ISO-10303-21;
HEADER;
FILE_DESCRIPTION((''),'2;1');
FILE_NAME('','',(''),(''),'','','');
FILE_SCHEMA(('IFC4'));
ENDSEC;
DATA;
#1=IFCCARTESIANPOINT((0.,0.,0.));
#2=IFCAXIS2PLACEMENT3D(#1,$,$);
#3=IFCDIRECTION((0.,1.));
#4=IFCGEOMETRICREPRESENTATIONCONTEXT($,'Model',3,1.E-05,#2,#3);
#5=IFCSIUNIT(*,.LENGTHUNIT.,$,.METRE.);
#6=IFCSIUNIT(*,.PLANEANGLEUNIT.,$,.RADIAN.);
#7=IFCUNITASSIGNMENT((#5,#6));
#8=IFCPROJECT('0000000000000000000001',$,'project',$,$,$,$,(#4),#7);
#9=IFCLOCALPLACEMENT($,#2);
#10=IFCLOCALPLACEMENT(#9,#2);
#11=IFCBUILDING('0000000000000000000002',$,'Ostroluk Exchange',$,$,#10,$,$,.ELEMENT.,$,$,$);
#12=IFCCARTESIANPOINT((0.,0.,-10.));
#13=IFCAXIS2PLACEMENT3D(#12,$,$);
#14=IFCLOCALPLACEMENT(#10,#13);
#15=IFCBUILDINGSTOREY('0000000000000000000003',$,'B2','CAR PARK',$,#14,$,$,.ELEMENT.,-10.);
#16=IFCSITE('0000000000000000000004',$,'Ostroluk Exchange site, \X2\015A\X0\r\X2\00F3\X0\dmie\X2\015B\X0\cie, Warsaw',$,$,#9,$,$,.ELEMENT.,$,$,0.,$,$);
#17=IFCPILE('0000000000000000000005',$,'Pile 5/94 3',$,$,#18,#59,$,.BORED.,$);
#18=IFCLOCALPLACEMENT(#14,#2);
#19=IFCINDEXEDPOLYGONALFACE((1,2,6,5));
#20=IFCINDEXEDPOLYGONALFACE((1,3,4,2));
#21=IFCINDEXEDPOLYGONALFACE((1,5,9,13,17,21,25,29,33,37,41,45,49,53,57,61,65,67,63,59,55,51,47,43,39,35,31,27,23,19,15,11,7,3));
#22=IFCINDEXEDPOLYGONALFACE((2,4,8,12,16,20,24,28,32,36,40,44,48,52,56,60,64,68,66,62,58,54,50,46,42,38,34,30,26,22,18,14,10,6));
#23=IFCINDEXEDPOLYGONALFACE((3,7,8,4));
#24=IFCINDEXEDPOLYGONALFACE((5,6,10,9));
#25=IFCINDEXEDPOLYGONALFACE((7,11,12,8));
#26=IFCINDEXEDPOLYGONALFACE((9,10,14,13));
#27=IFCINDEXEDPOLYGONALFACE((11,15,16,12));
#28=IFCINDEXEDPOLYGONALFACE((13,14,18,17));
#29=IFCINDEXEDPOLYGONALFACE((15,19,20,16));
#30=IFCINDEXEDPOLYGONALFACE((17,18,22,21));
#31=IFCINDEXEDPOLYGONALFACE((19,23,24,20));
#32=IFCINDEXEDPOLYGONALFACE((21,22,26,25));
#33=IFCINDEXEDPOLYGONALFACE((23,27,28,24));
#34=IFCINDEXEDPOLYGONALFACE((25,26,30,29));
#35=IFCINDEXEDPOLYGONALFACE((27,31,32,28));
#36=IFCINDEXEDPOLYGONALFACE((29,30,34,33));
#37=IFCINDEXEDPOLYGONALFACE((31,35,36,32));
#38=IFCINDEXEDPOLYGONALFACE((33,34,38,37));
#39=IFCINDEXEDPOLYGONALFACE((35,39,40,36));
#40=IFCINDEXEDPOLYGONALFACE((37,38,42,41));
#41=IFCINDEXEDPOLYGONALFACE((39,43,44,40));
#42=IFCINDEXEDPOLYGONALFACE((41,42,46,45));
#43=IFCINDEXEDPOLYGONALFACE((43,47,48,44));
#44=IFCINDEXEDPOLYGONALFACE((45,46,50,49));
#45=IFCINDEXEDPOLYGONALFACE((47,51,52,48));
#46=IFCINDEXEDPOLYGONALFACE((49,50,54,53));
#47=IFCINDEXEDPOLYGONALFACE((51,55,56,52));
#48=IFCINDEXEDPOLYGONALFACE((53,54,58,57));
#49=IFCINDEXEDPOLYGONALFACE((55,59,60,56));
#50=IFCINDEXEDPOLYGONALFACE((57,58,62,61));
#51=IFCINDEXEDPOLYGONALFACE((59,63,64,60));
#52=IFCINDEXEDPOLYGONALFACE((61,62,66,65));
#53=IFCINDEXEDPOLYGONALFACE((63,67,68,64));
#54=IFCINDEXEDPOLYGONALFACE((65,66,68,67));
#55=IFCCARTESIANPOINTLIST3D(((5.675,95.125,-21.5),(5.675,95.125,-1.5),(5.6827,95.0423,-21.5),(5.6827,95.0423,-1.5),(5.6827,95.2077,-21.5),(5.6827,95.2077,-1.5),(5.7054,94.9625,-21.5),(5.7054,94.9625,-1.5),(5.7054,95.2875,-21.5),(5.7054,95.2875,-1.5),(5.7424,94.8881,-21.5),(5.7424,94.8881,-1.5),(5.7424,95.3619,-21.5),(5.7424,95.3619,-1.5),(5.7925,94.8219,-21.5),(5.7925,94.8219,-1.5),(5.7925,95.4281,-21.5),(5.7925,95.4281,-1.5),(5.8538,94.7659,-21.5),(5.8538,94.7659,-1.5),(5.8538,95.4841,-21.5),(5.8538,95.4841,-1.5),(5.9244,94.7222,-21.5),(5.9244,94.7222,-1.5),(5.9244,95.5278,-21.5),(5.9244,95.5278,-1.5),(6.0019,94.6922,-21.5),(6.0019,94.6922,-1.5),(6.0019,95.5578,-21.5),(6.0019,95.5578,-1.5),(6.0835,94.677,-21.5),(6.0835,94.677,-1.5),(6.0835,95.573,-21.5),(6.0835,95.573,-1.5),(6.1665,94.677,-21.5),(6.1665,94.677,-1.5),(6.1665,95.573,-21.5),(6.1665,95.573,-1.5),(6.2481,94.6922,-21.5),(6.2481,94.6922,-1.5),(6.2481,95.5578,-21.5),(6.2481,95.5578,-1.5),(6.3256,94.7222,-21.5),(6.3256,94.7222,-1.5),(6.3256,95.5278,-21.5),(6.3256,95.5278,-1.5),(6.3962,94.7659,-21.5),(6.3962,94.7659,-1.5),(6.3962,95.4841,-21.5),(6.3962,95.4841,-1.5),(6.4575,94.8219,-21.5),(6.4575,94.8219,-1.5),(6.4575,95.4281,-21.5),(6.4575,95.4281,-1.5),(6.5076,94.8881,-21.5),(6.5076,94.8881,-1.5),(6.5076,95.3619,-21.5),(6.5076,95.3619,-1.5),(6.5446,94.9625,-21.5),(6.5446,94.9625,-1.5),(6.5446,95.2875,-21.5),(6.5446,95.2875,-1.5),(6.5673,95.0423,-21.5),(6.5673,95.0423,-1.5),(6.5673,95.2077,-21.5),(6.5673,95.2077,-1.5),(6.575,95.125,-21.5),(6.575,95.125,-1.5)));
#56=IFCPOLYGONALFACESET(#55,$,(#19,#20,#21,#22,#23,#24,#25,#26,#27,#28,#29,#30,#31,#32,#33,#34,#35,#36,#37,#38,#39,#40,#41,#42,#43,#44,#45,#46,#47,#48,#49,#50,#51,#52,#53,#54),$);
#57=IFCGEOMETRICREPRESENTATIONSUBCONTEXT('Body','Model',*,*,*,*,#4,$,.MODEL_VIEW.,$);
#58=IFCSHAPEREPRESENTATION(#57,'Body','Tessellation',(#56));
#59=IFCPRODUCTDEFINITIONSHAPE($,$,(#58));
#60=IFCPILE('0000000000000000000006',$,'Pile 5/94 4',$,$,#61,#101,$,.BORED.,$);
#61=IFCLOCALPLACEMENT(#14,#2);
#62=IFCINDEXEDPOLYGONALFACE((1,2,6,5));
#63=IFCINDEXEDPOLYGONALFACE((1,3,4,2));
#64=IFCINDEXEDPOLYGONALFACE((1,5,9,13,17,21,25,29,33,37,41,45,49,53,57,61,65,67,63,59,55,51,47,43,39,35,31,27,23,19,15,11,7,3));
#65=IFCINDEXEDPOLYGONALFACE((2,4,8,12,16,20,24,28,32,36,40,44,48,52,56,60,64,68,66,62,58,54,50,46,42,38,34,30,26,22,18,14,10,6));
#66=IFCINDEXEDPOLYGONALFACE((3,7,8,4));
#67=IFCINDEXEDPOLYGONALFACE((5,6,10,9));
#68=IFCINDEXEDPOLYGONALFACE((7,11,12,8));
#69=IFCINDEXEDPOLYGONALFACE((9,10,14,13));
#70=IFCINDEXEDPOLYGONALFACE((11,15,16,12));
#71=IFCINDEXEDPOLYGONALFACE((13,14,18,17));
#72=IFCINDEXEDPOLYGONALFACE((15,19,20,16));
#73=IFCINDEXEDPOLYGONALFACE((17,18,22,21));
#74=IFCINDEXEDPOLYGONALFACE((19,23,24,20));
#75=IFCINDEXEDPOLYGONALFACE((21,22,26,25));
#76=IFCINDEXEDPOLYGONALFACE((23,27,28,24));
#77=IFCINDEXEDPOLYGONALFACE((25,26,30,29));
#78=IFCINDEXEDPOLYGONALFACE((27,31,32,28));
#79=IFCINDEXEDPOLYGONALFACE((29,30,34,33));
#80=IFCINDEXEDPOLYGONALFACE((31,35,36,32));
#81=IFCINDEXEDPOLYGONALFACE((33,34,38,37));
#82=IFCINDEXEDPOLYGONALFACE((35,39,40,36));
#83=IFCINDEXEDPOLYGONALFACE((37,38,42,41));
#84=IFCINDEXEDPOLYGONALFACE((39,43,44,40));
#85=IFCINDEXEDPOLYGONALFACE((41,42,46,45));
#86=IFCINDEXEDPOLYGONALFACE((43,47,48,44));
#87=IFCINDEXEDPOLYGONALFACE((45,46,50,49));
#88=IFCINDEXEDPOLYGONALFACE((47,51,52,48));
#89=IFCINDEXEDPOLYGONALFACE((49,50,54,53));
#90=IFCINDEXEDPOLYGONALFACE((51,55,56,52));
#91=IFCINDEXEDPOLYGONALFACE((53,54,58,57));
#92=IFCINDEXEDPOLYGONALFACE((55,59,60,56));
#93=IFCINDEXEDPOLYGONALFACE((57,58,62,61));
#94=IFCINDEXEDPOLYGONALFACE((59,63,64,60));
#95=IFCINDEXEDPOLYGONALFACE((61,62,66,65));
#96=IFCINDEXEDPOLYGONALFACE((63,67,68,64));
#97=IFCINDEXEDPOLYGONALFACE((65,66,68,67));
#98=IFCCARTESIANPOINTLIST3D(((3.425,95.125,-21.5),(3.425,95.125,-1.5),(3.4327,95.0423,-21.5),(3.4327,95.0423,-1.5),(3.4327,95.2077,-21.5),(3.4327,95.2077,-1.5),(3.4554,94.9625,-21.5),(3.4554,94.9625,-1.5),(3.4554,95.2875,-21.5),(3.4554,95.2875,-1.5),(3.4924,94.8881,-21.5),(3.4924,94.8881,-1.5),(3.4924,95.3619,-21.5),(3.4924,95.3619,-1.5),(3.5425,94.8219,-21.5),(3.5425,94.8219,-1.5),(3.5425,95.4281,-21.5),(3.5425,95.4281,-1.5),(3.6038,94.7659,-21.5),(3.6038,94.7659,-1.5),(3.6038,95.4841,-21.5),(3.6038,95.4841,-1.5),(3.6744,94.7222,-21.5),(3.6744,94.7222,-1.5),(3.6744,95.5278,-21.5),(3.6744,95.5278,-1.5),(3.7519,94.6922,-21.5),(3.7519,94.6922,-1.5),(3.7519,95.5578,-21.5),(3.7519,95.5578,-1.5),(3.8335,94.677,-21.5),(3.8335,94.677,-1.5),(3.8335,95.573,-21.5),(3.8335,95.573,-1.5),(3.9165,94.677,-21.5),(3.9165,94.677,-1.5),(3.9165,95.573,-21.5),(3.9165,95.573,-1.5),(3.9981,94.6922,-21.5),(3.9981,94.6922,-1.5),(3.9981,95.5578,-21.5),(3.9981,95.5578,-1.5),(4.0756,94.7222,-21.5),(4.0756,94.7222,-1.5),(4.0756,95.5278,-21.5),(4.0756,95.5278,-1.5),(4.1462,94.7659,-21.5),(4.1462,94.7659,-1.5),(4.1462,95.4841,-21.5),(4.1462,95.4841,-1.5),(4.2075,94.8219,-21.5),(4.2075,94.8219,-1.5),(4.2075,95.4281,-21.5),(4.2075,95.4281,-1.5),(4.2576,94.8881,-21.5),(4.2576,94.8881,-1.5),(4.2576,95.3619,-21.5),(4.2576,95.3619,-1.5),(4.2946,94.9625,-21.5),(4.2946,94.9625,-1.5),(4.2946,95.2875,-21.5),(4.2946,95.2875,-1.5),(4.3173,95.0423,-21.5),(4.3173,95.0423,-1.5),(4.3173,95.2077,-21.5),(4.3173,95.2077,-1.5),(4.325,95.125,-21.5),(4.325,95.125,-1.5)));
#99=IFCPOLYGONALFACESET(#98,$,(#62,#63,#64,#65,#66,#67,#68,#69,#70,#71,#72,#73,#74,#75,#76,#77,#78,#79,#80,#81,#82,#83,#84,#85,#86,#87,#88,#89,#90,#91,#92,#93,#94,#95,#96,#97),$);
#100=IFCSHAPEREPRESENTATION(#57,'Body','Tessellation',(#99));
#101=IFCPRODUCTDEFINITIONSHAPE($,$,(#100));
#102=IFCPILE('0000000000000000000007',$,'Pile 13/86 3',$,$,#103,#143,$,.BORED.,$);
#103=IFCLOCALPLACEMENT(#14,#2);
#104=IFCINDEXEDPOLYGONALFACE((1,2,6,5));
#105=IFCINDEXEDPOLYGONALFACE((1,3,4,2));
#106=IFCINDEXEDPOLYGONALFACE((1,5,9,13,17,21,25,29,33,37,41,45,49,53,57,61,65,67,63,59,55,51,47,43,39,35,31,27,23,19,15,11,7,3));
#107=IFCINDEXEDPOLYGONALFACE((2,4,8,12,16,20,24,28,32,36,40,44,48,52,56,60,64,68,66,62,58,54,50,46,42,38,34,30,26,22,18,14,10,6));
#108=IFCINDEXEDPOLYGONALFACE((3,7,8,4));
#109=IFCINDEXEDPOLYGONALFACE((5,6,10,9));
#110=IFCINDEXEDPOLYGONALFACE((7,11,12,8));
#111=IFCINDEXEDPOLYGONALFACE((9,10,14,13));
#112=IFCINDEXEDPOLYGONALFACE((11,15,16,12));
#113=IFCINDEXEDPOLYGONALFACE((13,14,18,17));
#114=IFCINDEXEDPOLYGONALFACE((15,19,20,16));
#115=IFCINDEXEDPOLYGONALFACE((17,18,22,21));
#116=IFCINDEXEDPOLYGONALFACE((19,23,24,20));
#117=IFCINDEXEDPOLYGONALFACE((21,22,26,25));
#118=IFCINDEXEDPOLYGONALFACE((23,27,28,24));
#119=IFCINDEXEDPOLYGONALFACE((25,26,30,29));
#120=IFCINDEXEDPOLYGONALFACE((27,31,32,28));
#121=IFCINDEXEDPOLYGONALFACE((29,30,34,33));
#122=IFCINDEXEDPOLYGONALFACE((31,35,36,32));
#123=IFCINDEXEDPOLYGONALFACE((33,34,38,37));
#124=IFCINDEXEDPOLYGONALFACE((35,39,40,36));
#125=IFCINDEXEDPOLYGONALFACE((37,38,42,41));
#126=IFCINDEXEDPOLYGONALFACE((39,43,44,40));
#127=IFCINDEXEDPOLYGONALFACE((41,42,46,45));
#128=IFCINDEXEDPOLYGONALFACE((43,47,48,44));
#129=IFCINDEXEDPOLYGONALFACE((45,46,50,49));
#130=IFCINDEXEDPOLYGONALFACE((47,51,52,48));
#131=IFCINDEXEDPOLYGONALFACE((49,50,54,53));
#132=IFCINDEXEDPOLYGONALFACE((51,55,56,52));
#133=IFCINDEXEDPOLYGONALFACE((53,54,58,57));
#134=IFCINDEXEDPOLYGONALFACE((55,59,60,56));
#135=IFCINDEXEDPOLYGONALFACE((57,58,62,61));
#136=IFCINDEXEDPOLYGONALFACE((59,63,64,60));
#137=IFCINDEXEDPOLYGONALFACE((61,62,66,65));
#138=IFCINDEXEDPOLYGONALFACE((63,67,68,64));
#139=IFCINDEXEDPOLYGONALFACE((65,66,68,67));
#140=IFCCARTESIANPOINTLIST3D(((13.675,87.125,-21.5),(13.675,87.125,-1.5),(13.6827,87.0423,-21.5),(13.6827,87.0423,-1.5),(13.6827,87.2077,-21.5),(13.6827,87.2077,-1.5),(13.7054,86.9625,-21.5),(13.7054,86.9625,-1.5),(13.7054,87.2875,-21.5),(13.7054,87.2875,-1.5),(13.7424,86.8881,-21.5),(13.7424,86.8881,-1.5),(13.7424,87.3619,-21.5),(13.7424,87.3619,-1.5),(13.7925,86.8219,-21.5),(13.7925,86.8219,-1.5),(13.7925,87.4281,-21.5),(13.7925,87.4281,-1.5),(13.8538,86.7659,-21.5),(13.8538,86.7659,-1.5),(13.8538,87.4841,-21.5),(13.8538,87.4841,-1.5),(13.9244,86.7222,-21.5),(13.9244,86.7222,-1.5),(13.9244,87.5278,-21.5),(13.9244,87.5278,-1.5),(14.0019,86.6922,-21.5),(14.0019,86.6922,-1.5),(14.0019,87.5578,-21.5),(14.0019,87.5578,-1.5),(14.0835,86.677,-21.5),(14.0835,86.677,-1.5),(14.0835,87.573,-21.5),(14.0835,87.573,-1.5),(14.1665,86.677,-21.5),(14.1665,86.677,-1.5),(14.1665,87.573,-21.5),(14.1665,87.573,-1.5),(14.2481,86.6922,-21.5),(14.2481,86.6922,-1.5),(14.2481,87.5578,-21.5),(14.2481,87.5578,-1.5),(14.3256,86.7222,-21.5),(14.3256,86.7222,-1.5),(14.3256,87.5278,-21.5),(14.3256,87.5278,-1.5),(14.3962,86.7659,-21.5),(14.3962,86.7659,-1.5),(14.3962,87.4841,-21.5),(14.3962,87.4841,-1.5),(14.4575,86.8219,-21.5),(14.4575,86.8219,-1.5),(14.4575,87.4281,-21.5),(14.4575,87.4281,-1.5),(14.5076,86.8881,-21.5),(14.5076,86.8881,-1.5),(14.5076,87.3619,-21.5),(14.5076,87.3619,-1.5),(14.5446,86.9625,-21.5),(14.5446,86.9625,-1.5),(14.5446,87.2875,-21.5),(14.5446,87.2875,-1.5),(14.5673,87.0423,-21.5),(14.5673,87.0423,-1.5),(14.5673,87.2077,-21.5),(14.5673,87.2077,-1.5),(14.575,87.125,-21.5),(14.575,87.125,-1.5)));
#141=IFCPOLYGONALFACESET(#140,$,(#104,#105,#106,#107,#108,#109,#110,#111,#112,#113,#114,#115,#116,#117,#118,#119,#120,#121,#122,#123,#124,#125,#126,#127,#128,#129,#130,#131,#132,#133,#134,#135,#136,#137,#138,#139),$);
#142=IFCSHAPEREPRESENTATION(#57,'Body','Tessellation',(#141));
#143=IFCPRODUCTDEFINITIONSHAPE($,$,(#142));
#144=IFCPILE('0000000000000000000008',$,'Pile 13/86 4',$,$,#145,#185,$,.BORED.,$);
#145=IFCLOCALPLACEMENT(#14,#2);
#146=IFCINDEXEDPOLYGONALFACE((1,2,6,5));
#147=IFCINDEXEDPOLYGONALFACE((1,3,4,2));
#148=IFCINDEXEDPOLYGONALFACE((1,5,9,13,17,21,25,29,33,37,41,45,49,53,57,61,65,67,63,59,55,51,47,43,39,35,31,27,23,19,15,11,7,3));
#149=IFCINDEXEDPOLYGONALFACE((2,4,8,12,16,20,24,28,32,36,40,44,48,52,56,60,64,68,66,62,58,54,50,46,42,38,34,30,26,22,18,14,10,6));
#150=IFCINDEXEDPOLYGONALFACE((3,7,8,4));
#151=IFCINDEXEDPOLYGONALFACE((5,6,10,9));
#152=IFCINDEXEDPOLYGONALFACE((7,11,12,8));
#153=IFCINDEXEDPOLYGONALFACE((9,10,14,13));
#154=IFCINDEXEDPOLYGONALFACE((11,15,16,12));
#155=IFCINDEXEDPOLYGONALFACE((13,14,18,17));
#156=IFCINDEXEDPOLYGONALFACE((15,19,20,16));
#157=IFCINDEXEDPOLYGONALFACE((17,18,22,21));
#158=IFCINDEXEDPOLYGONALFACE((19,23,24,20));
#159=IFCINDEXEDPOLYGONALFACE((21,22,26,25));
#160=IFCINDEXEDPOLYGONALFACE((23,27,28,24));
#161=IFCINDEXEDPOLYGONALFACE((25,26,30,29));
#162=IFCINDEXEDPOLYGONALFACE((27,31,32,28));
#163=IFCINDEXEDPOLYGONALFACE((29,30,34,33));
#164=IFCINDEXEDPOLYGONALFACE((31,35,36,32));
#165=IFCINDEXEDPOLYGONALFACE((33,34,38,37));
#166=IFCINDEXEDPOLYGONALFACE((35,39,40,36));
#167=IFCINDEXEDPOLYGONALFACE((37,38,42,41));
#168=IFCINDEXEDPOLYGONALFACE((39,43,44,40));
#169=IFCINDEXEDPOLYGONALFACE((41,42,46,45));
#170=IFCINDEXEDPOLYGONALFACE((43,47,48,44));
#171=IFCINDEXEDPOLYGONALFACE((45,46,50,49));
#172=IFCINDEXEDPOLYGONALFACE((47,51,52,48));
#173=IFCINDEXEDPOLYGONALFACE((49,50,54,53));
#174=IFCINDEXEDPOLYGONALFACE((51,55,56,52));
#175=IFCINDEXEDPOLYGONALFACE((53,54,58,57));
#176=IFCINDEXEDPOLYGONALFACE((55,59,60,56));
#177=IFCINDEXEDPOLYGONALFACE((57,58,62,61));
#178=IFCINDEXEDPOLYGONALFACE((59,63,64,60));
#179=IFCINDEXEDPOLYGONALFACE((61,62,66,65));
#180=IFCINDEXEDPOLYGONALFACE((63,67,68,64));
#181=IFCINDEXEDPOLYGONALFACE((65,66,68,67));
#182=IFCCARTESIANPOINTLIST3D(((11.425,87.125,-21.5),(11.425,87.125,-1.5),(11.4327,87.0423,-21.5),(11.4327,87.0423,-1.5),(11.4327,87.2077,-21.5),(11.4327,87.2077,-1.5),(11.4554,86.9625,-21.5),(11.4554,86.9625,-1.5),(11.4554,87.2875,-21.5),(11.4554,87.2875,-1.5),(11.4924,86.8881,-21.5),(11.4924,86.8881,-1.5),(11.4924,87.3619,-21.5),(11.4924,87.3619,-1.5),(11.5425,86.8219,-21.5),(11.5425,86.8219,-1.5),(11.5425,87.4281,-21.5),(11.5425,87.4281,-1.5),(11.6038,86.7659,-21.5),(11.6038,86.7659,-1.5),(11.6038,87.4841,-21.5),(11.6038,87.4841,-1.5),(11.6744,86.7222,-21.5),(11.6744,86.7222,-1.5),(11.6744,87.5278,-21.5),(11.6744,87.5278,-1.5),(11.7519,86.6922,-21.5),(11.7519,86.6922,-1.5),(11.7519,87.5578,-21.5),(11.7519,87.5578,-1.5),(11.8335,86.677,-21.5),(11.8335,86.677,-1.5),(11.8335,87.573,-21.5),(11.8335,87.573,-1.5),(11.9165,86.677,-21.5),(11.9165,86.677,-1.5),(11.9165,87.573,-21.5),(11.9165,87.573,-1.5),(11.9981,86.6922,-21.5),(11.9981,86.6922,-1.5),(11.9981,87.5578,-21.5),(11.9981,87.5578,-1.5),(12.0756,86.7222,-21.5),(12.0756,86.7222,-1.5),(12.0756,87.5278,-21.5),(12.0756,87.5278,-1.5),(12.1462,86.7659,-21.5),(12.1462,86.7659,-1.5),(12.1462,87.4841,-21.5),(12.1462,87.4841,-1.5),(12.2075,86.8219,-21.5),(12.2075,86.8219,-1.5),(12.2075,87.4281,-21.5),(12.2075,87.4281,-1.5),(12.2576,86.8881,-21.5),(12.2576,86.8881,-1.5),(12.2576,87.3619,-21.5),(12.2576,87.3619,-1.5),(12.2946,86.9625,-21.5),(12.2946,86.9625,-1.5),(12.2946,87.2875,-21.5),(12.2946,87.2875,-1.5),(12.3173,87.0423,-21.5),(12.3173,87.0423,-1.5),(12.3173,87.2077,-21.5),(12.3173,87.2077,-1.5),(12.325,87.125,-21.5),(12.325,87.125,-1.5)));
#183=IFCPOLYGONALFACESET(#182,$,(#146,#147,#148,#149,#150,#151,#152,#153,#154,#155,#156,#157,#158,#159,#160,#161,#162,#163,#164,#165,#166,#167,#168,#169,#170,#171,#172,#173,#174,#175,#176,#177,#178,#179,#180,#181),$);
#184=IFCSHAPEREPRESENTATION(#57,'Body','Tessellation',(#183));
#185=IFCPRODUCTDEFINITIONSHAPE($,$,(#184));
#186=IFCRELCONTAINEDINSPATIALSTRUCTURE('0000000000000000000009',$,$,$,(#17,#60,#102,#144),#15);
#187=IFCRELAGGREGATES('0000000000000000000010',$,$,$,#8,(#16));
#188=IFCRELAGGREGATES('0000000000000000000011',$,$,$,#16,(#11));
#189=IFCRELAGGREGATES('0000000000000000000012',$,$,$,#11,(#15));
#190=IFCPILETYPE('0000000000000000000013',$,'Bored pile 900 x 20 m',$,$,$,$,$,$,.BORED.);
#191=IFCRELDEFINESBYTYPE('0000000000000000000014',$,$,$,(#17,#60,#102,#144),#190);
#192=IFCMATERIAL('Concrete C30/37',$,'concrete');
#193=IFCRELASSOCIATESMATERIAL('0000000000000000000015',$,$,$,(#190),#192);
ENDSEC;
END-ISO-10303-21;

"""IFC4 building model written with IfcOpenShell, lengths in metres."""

from ifc_helpers import new_model, si_unit, direction, frame, origin, origin_2d, place, context, subcontext, project, spatial, circle, extrude, material, type_object, element, save


model = new_model("IFC4")

# Units and contexts
model_context = context("Model", 3, precision=1e-05, world=origin(), true_north=direction((0.0, 1.0)))
body_context = subcontext(model_context, "Body", "Model", "MODEL_VIEW")
ifc_project = project(units=[si_unit("LENGTHUNIT", "METRE"), si_unit("PLANEANGLEUNIT", "RADIAN")], contexts=[model_context])

# Site, building, storey
site_placement = place(None, origin())
site = spatial("IfcSite", under=ifc_project, at=site_placement, Name="Ostroluk Exchange site, Śródmieście, Warsaw", CompositionType="ELEMENT", RefElevation=0.0)
building_placement = place(site_placement, origin())
building = spatial("IfcBuilding", under=site, at=building_placement, Name="Ostroluk Exchange", CompositionType="ELEMENT")
storey_placement = place(building_placement, frame((0.0, 0.0, -10.0)))
storey = spatial("IfcBuildingStorey", under=building, at=storey_placement, Name="B2", Description="CAR PARK", CompositionType="ELEMENT", Elevation=-10.0)

# Piles
ifc_material_1 = material(Name="Concrete C30/37", Category="concrete")
pile_type = type_object("IfcPileType", Name="Bored pile 900 x 20 m", PredefinedType="BORED", material=ifc_material_1)
for number, where, z_axis, x_axis, name in (
    (1, (6.125, 95.125, -1.5), (0.0, 0.0, -1.0), (1.0, 0.0, 0.0), "Pile 5/94 3"),
    (2, (3.875, 95.125, -1.5), (0.0, 0.0, -1.0), (1.0, 0.0, 0.0), "Pile 5/94 4"),
    (3, (14.125, 87.125, -1.5), (0.0, 0.0, -1.0), (1.0, 0.0, 0.0), "Pile 13/86 3"),
    (4, (11.875, 87.125, -1.5), (0.0, 0.0, -1.0), (1.0, 0.0, 0.0), "Pile 13/86 4"),
):
    element("IfcPile", number, at=place(storey_placement, frame(where, z_axis=z_axis, x_axis=x_axis)), inside=storey, type_object=pile_type, Name=name, PredefinedType="BORED", context=body_context, shape_type="SweptSolid", body=[
        extrude(circle(Radius=0.45, at=origin_2d()), origin(), (0.0, 0.0, 1.0), 20.0),
    ])

save(model, "model.ifc")
